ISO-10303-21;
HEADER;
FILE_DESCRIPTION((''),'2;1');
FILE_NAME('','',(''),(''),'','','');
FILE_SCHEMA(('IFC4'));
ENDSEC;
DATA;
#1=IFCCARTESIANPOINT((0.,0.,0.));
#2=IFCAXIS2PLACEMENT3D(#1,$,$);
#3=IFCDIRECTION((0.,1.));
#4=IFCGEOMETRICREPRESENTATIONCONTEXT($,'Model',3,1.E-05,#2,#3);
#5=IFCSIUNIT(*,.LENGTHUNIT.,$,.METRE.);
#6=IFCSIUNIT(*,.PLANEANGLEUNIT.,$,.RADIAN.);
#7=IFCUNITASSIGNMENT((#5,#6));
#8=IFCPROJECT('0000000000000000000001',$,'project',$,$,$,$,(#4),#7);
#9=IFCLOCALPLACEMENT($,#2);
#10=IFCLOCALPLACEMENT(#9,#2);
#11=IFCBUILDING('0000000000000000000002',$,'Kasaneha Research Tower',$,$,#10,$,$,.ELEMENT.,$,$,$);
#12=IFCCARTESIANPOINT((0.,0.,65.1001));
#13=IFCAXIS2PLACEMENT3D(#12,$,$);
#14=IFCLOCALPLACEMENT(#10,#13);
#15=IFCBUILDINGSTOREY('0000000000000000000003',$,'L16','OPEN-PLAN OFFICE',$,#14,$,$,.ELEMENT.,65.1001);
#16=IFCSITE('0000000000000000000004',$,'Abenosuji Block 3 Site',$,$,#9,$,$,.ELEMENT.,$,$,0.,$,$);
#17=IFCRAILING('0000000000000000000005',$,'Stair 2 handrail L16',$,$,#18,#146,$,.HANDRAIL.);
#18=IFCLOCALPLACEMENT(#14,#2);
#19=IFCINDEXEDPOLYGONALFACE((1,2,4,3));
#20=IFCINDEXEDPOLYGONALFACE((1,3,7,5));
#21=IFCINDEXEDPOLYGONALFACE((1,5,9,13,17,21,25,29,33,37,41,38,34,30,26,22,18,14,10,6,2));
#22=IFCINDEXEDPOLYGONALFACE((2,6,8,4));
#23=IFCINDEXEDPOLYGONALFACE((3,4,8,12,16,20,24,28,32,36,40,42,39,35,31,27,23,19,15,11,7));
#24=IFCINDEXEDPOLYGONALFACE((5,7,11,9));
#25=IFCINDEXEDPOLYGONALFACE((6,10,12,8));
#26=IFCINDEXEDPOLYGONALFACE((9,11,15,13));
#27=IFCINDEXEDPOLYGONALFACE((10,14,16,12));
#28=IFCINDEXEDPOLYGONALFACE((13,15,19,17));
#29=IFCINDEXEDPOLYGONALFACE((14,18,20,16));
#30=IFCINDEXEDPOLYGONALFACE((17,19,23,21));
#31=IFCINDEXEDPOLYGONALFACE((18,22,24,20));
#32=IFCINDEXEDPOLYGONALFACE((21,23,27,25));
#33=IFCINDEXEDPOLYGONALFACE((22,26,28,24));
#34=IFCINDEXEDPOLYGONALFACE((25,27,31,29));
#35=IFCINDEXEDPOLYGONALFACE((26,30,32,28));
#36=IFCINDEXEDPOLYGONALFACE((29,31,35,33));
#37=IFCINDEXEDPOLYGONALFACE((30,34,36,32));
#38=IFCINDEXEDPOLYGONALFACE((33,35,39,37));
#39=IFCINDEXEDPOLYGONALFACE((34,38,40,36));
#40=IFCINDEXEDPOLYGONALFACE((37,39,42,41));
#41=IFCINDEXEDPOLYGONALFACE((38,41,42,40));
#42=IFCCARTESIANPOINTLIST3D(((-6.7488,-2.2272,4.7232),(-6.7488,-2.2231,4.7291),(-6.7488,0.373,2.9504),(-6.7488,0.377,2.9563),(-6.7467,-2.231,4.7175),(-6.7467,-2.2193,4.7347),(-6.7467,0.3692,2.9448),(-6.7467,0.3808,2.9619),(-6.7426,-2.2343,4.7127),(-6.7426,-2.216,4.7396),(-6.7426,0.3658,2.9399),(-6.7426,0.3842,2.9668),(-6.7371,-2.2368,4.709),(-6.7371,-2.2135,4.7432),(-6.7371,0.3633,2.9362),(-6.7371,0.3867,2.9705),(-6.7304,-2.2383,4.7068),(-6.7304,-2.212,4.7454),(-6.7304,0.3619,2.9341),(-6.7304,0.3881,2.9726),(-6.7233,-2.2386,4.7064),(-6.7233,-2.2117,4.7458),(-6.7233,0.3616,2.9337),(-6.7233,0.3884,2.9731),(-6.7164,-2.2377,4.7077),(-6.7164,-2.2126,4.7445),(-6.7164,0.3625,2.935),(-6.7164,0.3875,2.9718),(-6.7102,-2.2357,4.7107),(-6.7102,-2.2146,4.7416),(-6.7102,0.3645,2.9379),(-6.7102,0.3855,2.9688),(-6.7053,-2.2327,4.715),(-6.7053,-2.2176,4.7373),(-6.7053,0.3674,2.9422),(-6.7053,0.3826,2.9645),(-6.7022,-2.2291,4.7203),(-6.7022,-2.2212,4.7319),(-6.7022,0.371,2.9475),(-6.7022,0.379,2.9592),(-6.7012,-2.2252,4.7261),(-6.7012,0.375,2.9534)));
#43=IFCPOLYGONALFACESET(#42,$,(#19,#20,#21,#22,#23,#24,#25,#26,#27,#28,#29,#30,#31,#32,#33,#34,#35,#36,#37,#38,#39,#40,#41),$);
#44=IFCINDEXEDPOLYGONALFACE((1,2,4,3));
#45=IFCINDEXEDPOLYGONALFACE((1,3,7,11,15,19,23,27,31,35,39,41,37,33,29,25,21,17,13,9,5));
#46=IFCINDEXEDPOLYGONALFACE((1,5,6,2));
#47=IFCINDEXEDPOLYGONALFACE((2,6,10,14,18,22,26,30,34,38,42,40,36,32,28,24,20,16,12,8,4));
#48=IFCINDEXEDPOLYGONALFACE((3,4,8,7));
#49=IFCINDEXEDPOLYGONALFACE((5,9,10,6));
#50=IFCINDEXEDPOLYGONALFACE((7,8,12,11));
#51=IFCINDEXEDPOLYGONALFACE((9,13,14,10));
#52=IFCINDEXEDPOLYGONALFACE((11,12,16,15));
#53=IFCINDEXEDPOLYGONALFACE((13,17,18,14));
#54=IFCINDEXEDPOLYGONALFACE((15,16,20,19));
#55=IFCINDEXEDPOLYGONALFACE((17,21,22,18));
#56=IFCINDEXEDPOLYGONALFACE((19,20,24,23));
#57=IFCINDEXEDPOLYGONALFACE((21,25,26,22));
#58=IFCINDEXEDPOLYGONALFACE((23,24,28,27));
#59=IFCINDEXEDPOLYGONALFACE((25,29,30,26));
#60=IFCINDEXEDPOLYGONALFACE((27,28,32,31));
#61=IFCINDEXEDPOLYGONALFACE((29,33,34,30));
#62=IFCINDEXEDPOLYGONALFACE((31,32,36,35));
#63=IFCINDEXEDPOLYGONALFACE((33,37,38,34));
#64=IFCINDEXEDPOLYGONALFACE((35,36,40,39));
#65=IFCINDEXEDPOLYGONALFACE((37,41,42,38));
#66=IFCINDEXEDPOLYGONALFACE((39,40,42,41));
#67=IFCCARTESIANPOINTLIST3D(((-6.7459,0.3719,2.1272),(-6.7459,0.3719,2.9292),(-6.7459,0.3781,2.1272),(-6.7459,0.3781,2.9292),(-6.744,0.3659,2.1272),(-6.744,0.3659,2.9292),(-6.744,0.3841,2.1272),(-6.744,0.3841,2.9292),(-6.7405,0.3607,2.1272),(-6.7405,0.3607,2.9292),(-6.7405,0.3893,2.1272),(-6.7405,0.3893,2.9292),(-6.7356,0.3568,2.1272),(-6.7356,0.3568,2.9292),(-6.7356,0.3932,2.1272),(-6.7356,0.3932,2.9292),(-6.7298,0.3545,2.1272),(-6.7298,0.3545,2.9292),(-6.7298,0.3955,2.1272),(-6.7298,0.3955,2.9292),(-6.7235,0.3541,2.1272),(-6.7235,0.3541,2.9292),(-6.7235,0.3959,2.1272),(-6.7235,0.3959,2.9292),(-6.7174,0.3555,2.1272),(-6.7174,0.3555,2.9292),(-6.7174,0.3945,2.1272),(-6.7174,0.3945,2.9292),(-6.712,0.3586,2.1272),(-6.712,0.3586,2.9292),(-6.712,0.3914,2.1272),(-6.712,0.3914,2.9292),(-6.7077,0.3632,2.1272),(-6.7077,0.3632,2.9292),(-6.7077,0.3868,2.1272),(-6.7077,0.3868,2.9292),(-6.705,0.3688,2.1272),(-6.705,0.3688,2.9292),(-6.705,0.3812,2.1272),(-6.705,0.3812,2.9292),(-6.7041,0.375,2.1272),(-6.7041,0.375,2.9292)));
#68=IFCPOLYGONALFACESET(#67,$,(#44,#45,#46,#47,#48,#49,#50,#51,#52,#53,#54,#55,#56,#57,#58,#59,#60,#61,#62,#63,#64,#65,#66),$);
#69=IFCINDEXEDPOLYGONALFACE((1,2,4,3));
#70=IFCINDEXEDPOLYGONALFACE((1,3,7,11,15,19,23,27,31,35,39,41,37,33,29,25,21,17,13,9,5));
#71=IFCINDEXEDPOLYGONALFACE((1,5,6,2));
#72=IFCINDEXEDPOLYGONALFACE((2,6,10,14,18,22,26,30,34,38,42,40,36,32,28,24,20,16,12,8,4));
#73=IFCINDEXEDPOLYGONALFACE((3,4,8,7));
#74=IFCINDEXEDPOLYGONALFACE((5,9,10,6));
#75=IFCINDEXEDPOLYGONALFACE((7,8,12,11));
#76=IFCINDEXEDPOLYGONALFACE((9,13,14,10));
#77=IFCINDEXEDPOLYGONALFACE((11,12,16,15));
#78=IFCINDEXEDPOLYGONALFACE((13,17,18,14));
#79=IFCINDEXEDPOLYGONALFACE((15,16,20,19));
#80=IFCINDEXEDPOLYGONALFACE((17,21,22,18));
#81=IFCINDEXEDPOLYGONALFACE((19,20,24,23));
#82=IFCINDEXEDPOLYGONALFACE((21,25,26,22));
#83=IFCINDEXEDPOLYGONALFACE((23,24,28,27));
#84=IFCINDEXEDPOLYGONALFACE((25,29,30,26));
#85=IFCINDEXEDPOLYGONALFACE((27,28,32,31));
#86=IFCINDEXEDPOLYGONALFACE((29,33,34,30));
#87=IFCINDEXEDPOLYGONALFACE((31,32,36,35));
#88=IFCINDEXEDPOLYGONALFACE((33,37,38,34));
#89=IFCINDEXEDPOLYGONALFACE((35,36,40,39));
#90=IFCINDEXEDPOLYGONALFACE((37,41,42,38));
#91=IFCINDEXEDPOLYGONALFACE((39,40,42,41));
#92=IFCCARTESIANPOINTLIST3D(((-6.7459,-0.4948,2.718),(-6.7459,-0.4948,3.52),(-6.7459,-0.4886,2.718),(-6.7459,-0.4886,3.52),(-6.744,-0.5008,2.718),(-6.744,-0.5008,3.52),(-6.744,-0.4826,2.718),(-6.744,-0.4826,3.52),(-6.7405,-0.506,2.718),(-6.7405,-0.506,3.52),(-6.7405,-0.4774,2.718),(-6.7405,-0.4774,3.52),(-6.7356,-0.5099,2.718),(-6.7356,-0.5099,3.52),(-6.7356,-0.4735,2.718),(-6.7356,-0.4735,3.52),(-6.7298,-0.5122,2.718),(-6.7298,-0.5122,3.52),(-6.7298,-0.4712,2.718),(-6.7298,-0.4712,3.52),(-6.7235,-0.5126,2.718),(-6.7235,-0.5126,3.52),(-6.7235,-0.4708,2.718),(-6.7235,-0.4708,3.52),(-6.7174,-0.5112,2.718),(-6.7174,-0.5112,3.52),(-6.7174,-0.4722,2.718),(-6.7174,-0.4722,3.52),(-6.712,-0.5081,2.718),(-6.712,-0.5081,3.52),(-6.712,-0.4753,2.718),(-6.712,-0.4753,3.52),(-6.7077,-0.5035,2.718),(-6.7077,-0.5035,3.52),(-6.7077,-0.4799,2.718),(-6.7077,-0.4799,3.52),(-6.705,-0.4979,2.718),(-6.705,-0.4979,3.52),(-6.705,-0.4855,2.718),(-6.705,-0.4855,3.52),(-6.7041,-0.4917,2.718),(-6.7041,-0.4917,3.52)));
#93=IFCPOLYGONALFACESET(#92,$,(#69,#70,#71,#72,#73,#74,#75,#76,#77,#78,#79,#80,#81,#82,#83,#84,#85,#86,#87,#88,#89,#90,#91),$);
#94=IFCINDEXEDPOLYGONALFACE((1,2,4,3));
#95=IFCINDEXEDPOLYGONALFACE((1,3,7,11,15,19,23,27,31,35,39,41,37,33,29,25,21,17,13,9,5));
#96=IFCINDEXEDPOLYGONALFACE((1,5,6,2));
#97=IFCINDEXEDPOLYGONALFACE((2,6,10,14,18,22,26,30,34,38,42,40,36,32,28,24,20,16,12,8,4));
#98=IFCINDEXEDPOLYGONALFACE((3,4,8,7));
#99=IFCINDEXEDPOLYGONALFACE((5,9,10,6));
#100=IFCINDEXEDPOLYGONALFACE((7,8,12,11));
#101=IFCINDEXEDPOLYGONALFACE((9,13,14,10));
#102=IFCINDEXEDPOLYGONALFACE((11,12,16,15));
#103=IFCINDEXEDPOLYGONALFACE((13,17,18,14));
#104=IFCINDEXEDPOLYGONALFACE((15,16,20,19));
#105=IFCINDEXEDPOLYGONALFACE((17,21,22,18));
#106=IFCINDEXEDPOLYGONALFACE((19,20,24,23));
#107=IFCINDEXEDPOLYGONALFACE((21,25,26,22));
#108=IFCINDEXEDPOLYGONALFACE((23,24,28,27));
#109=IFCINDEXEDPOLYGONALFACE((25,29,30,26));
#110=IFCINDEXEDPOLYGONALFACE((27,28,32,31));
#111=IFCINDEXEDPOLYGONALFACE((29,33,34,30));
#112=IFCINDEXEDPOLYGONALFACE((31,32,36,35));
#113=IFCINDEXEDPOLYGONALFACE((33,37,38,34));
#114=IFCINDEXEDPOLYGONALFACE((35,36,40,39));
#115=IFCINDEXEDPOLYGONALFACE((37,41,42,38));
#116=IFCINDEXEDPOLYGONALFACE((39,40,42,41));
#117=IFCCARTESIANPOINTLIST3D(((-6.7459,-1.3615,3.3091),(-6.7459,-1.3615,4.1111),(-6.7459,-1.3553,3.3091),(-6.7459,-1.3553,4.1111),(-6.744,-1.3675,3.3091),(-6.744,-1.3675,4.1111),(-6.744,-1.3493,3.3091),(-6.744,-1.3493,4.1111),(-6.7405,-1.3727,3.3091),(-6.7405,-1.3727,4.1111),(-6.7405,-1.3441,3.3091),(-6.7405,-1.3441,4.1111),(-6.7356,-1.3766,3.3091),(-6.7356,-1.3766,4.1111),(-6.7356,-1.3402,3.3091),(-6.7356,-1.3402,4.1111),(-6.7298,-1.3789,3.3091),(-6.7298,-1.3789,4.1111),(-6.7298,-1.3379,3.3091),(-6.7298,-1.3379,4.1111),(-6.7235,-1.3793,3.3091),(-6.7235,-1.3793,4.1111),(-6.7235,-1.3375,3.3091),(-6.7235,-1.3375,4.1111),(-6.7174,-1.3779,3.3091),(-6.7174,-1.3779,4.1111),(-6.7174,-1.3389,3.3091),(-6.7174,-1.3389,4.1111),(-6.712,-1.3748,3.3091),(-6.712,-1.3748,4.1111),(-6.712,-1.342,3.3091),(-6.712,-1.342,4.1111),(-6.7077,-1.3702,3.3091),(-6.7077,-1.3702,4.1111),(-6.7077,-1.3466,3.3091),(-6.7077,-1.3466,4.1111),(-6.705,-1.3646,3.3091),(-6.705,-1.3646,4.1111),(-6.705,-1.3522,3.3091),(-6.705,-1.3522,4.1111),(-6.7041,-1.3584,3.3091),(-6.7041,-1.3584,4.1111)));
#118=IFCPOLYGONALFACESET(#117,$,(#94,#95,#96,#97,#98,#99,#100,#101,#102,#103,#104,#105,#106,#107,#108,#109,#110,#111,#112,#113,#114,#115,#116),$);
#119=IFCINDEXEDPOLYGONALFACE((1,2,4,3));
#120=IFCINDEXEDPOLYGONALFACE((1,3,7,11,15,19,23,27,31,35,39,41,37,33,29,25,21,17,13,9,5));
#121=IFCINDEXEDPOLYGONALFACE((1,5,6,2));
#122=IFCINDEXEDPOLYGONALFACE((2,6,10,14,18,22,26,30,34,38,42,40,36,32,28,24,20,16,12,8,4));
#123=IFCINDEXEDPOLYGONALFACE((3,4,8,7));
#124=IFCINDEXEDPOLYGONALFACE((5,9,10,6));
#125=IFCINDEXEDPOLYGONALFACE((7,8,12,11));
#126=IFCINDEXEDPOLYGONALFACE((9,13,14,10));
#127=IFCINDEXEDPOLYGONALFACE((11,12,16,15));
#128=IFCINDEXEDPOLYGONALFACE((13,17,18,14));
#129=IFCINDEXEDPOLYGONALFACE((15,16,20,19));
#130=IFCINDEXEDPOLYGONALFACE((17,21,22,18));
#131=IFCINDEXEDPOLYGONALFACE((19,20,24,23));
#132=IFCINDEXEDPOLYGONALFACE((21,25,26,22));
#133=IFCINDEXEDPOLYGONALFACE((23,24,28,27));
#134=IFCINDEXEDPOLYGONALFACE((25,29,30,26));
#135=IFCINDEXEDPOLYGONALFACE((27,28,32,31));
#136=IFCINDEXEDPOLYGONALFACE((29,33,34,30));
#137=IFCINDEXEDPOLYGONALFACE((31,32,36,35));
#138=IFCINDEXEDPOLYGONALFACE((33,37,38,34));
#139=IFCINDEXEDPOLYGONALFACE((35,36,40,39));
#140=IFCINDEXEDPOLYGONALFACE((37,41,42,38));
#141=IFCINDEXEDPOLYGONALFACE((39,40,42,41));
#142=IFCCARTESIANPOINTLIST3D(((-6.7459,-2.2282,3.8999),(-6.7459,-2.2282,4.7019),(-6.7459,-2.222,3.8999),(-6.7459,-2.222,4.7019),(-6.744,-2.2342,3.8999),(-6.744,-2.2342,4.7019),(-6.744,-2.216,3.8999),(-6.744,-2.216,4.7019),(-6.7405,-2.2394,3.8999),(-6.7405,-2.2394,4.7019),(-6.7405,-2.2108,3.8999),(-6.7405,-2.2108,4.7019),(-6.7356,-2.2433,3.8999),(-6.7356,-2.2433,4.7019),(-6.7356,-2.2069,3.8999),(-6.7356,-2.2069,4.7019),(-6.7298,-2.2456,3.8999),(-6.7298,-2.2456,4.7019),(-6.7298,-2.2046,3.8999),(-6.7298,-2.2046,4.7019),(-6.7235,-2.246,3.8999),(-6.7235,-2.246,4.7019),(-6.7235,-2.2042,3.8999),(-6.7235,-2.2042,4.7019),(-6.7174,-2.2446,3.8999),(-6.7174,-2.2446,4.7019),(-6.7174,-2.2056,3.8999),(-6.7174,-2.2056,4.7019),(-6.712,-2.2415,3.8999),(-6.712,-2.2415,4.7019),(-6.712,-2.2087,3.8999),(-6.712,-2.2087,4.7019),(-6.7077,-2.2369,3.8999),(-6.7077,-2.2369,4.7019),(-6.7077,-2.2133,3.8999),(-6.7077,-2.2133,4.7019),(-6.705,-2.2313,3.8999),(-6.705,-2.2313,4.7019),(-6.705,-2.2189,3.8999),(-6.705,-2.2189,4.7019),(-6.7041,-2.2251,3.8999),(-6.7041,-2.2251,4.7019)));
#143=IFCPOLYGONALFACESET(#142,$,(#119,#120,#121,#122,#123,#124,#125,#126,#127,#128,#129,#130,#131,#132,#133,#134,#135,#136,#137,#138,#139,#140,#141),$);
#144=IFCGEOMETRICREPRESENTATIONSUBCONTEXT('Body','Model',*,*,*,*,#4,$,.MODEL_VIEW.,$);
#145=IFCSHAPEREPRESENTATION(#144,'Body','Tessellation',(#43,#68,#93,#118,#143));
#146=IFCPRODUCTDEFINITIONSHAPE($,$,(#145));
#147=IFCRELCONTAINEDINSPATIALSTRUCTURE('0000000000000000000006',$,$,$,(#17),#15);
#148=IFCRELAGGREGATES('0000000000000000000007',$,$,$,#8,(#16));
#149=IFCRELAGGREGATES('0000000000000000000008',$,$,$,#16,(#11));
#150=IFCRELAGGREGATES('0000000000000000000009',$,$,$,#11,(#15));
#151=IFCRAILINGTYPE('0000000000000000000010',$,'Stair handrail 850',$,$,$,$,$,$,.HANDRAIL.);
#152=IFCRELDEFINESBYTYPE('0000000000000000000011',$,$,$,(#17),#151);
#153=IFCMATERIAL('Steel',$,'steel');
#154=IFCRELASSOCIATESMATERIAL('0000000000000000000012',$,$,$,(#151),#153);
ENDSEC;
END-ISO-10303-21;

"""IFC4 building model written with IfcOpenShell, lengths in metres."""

from ifc_helpers import new_model, si_unit, direction, frame, origin, origin_2d, place, context, subcontext, project, spatial, circle, extrude, material, type_object, element, save


model = new_model("IFC4")

# Units and contexts
model_context = context("Model", 3, precision=1e-05, world=origin(), true_north=direction((0.0, 1.0)))
body_context = subcontext(model_context, "Body", "Model", "MODEL_VIEW")
ifc_project = project(units=[si_unit("LENGTHUNIT", "METRE"), si_unit("PLANEANGLEUNIT", "RADIAN")], contexts=[model_context])

# Site, building, storey
site_placement = place(None, origin())
site = spatial("IfcSite", under=ifc_project, at=site_placement, Name="Abenosuji Block 3 Site", CompositionType="ELEMENT", RefElevation=0.0)
building_placement = place(site_placement, origin())
building = spatial("IfcBuilding", under=site, at=building_placement, Name="Kasaneha Research Tower", CompositionType="ELEMENT")
storey_placement = place(building_placement, frame((0.0, 0.0, 65.1001)))
storey = spatial("IfcBuildingStorey", under=building, at=storey_placement, Name="L16", Description="OPEN-PLAN OFFICE", CompositionType="ELEMENT", Elevation=65.1001)

# Railing
ifc_material_1 = material(Name="Steel", Category="steel")
railing_type_1 = type_object("IfcRailingType", Name="Stair handrail 850", PredefinedType="HANDRAIL", material=ifc_material_1)
railing_1_placement = place(storey_placement, frame((-6.7251, 0.375, 2.1272)))
element("IfcRailing", 1, at=railing_1_placement, inside=storey, type_object=railing_type_1, Name="Stair 2 handrail L16", PredefinedType="HANDRAIL", context=body_context, shape_type="SweptSolid", body=[
    extrude(circle(Radius=0.0239, at=origin_2d()), frame((0.0, 0.0, 0.8262), z_axis=(0.0, -0.82624, 0.563318), x_axis=(1.0, 0.0, 0.0)), (0.0, 0.0, 1.0), 3.147),
    extrude(circle(Radius=0.021, at=origin_2d()), origin(), (0.0, 0.0, 1.0), 0.802),
    extrude(circle(Radius=0.021, at=origin_2d()), frame((0.0, -0.8667, 0.5908)), (0.0, 0.0, 1.0), 0.802),
    extrude(circle(Radius=0.021, at=origin_2d()), frame((0.0, -1.7334, 1.1819)), (0.0, 0.0, 1.0), 0.802),
    extrude(circle(Radius=0.021, at=origin_2d()), frame((0.0, -2.6001, 1.7727)), (0.0, 0.0, 1.0), 0.802),
])

save(model, "model.ifc")
